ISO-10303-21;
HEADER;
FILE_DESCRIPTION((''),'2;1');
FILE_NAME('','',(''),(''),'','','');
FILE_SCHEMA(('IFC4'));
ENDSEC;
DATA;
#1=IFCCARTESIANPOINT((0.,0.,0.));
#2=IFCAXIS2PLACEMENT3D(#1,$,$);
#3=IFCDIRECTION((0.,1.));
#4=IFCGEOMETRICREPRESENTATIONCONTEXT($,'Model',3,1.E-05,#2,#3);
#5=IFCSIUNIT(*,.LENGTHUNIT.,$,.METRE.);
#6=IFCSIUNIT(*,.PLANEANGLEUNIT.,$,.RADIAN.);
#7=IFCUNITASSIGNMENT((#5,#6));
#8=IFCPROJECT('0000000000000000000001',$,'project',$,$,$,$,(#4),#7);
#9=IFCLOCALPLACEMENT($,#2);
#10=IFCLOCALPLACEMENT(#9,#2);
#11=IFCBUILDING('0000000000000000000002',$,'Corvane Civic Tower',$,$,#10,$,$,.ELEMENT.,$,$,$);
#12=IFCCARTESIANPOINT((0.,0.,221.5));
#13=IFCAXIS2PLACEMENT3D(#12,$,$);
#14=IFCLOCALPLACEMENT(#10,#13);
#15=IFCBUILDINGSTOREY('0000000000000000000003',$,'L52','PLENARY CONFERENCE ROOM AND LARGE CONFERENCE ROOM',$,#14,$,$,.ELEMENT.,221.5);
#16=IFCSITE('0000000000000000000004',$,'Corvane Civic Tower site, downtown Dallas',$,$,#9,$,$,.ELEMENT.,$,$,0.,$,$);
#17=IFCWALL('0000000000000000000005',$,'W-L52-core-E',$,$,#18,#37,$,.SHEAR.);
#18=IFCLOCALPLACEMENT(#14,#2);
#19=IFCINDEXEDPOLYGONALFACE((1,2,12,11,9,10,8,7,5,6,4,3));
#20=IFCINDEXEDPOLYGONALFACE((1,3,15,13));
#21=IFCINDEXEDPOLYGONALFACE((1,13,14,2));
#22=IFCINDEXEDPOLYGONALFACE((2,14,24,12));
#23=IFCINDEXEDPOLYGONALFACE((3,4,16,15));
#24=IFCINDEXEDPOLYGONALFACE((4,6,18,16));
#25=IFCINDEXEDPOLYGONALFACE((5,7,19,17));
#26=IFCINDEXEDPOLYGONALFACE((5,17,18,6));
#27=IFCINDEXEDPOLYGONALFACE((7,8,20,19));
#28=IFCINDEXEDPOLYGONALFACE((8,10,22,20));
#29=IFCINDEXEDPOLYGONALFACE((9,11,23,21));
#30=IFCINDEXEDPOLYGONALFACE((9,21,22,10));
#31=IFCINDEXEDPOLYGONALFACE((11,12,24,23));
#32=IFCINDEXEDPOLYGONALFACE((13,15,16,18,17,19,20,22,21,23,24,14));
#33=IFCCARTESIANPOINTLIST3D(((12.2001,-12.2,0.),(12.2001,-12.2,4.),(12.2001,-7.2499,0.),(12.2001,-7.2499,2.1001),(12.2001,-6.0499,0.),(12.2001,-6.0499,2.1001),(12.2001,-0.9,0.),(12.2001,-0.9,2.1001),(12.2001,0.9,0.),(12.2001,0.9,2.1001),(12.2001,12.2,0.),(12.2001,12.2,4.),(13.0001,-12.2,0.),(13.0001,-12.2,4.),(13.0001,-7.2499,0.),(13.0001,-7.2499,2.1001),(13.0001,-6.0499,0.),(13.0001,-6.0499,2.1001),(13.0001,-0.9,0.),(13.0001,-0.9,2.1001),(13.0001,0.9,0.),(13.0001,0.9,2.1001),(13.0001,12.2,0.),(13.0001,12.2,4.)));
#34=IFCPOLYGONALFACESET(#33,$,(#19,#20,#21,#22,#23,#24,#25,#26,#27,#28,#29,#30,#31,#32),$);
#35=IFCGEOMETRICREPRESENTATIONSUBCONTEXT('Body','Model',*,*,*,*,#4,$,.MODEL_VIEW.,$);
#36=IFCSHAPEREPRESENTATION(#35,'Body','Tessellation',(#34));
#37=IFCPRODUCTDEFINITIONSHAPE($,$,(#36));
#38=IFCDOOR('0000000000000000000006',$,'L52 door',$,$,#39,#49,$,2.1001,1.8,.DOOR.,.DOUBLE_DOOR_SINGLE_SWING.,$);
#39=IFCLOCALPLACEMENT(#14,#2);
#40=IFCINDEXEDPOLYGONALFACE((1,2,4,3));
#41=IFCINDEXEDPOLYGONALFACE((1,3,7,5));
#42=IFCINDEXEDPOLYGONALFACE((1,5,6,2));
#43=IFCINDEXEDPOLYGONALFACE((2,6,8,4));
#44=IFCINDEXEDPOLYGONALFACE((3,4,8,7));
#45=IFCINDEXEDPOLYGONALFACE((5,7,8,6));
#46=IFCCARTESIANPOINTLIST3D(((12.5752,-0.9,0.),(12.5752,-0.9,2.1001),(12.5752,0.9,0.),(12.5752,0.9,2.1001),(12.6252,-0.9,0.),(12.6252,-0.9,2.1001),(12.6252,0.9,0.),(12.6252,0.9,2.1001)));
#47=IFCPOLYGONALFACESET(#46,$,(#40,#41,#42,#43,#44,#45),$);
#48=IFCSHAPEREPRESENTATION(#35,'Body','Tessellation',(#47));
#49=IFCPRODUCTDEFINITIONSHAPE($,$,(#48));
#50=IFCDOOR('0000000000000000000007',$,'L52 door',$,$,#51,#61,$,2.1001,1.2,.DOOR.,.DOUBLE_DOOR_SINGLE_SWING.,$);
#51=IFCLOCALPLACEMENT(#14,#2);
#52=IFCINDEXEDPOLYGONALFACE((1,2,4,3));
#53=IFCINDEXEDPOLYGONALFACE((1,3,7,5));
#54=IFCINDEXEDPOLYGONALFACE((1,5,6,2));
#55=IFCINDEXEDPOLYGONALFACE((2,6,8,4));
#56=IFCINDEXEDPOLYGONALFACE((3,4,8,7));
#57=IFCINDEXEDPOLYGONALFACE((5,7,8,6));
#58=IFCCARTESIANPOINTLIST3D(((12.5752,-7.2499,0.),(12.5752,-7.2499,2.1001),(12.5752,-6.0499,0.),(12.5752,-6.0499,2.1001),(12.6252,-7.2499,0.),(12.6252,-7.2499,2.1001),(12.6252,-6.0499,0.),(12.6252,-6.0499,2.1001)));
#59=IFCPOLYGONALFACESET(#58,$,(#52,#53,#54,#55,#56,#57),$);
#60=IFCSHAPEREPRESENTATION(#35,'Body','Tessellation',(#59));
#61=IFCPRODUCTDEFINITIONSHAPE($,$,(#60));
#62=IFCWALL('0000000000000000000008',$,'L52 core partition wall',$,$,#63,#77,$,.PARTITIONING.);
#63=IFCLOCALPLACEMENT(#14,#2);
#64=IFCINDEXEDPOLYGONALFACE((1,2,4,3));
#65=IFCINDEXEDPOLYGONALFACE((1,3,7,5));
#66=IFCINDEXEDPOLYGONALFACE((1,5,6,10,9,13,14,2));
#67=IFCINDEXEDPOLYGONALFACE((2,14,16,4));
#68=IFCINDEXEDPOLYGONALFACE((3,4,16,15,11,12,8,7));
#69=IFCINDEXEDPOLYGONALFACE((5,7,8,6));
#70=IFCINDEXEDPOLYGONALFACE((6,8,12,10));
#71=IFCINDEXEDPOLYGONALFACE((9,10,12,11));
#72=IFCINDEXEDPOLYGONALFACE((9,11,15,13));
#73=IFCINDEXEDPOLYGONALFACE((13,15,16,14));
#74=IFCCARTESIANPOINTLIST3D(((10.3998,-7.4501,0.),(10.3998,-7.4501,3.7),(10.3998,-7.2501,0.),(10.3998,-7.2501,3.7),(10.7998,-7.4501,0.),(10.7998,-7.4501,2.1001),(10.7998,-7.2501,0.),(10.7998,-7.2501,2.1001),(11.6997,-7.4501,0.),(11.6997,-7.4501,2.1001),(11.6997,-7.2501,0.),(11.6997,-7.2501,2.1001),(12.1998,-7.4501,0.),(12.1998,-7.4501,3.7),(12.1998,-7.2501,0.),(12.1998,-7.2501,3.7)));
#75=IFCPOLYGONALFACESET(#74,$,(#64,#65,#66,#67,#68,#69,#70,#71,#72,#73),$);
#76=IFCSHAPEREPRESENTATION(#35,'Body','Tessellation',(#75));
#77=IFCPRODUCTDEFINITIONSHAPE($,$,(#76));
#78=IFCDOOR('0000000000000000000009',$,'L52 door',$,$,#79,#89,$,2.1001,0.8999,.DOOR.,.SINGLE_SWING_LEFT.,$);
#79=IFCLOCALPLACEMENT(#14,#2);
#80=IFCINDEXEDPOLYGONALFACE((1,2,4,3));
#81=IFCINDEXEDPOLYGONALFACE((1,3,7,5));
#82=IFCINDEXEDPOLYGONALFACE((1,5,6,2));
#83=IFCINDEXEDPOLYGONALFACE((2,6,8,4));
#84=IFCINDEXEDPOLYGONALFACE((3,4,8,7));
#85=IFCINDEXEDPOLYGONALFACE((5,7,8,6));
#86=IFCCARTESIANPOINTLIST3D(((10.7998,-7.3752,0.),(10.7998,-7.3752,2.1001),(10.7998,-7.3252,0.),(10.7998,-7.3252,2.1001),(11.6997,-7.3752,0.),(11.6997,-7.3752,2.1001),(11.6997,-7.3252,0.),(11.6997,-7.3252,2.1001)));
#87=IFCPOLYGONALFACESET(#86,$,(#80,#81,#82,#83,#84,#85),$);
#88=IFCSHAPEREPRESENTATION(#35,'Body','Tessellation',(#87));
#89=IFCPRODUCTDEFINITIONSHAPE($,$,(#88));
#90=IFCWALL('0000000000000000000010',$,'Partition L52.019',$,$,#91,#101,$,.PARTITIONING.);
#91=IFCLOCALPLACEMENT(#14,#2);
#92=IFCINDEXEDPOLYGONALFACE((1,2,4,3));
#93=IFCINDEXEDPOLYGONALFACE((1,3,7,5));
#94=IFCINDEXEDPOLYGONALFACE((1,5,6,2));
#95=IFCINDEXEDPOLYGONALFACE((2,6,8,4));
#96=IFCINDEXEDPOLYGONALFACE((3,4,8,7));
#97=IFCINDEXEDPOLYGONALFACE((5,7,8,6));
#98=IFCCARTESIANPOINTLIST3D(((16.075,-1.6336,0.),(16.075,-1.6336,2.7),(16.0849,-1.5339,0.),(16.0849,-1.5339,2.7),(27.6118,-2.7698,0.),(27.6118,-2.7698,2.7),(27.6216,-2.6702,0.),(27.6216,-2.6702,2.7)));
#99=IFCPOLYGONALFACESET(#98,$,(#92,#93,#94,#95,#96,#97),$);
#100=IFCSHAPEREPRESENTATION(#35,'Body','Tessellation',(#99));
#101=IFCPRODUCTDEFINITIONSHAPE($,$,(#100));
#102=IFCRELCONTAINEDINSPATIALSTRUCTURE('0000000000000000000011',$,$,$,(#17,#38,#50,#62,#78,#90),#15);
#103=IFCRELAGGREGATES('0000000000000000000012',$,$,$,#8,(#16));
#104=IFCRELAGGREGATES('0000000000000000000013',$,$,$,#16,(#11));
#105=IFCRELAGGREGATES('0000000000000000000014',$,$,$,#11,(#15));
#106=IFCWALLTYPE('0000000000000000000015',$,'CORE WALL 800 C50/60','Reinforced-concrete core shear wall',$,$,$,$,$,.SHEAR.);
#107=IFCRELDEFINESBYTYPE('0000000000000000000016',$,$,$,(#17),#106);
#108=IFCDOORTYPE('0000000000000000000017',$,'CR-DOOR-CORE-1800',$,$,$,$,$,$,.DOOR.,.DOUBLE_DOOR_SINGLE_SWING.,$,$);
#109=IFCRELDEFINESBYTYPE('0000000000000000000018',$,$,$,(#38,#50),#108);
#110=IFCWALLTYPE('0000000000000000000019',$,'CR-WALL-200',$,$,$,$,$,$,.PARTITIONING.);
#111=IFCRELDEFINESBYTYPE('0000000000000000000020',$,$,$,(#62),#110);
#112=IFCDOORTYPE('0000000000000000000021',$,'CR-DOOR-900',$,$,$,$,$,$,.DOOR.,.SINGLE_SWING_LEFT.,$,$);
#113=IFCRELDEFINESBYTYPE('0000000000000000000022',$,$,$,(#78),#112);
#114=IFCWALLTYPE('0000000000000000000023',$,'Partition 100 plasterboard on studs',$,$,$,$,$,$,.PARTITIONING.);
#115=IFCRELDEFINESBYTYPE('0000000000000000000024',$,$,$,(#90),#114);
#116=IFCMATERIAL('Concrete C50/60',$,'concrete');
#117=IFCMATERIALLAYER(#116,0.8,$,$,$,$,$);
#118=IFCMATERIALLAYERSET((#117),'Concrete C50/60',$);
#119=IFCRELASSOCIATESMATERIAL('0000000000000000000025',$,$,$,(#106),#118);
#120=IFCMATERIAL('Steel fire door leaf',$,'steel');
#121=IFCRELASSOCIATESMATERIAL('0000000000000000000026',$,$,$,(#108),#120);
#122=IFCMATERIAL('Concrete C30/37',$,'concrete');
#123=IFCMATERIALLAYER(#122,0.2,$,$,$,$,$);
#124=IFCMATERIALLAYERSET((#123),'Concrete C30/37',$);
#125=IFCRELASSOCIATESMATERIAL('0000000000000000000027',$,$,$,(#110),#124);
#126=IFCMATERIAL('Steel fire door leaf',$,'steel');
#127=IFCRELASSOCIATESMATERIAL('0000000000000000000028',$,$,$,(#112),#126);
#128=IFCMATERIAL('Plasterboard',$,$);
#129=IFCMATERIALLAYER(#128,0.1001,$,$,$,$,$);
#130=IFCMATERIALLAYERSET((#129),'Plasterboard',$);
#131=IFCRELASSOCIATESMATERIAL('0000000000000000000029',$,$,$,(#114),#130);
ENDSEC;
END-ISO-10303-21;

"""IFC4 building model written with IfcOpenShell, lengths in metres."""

from ifc_helpers import new_model, si_unit, direction, frame, frame_2d, origin, place, context, subcontext, project, spatial, rectangle, extrude, material, layer, layer_set, type_object, element, fill, save


model = new_model("IFC4")

# Units and contexts
model_context = context("Model", 3, precision=1e-05, world=origin(), true_north=direction((0.0, 1.0)))
body_context = subcontext(model_context, "Body", "Model", "MODEL_VIEW")
ifc_project = project(units=[si_unit("LENGTHUNIT", "METRE"), si_unit("PLANEANGLEUNIT", "RADIAN")], contexts=[model_context])

# Site, building, storey
site_placement = place(None, origin())
site = spatial("IfcSite", under=ifc_project, at=site_placement, Name="Corvane Civic Tower site, downtown Dallas", CompositionType="ELEMENT", RefElevation=0.0)
building_placement = place(site_placement, origin())
building = spatial("IfcBuilding", under=site, at=building_placement, Name="Corvane Civic Tower", CompositionType="ELEMENT")
storey_placement = place(building_placement, frame((0.0, 0.0, 221.5)))
storey = spatial("IfcBuildingStorey", under=building, at=storey_placement, Name="L52", Description="PLENARY CONFERENCE ROOM AND LARGE CONFERENCE ROOM", CompositionType="ELEMENT", Elevation=221.5)

# Wall, openings, doors
ifc_material_1 = material(Name="Concrete C50/60", Category="concrete")
ifc_layer_1 = layer(ifc_material_1, 0.8)
ifc_layer_set_1 = layer_set([ifc_layer_1], Name="Concrete C50/60")
wall_type_1 = type_object("IfcWallType", Name="CORE WALL 800 C50/60", Description="Reinforced-concrete core shear wall", PredefinedType="SHEAR", material=ifc_layer_set_1)
wall_1_placement = place(storey_placement, frame((12.6001, -12.2, 0.0), z_axis=(0.0, 0.0, 1.0), x_axis=(0.0, 1.0, 0.0)))
wall_1 = element("IfcWall", 1, at=wall_1_placement, inside=storey, type_object=wall_type_1, Name="W-L52-core-E", PredefinedType="SHEAR", context=body_context, shape_type="SweptSolid", body=[
    extrude(rectangle(XDim=24.3999, YDim=0.8, at=frame_2d((12.2, 0.0))), origin(), (0.0, 0.0, 1.0), 4.0),
])
opening_1_placement = place(wall_1_placement, frame((11.3, 0.0, 0.0)))
opening_1 = element("IfcOpeningElement", 2, at=opening_1_placement, cuts=wall_1, PredefinedType="OPENING", context=body_context, shape_type="SweptSolid", body=[
    extrude(rectangle(XDim=1.8, YDim=2.1001, at=frame_2d((0.8999, 1.05))), frame((0.0, 0.4099, 0.0), z_axis=(0.0, -1.0, 0.0), x_axis=(1.0, 0.0, 0.0)), (0.0, 0.0, 1.0), 0.8201),
])
opening_2_placement = place(wall_1_placement, frame((4.95, 0.0, 0.0)))
opening_2 = element("IfcOpeningElement", 3, at=opening_2_placement, cuts=wall_1, PredefinedType="OPENING", context=body_context, shape_type="SweptSolid", body=[
    extrude(rectangle(XDim=1.2, YDim=2.1001, at=frame_2d((0.6001, 1.05))), frame((0.0, 0.4099, 0.0), z_axis=(0.0, -1.0, 0.0), x_axis=(1.0, 0.0, 0.0)), (0.0, 0.0, 1.0), 0.8201),
])
ifc_material_2 = material(Name="Steel fire door leaf", Category="steel")
door_type_1 = type_object("IfcDoorType", Name="CR-DOOR-CORE-1800", OperationType="DOUBLE_DOOR_SINGLE_SWING", PredefinedType="DOOR", material=ifc_material_2)
door_1_placement = place(opening_1_placement, origin())
door_1 = element("IfcDoor", 4, at=door_1_placement, inside=storey, type_object=door_type_1, Name="L52 door", OperationType="DOUBLE_DOOR_SINGLE_SWING", OverallHeight=2.1001, OverallWidth=1.8, PredefinedType="DOOR", context=body_context, shape_type="SweptSolid", body=[
    extrude(rectangle(XDim=1.8, YDim=2.1001, at=frame_2d((0.8999, 1.05))), frame((0.0, 0.0249, 0.0), z_axis=(0.0, -1.0, 0.0), x_axis=(1.0, 0.0, 0.0)), (0.0, 0.0, 1.0), 0.05),
])
fill(opening_1, door_1)
door_2_placement = place(opening_2_placement, origin())
door_2 = element("IfcDoor", 5, at=door_2_placement, inside=storey, type_object=door_type_1, Name="L52 door", OperationType="DOUBLE_DOOR_SINGLE_SWING", OverallHeight=2.1001, OverallWidth=1.2, PredefinedType="DOOR", context=body_context, shape_type="SweptSolid", body=[
    extrude(rectangle(XDim=1.2, YDim=2.1001, at=frame_2d((0.6001, 1.05))), frame((0.0, 0.0249, 0.0), z_axis=(0.0, -1.0, 0.0), x_axis=(1.0, 0.0, 0.0)), (0.0, 0.0, 1.0), 0.05),
])
fill(opening_2, door_2)

# Wall, opening, door
ifc_material_3 = material(Name="Concrete C30/37", Category="concrete")
ifc_layer_2 = layer(ifc_material_3, 0.2)
ifc_layer_set_2 = layer_set([ifc_layer_2], Name="Concrete C30/37")
wall_type_2 = type_object("IfcWallType", Name="CR-WALL-200", PredefinedType="PARTITIONING", material=ifc_layer_set_2)
wall_2_placement = place(storey_placement, frame((10.3999, -7.3501, 0.0), z_axis=(0.0, 0.0, 1.0), x_axis=(1.0, 0.0, 0.0)))
wall_2 = element("IfcWall", 6, at=wall_2_placement, inside=storey, type_object=wall_type_2, Name="L52 core partition wall", PredefinedType="PARTITIONING", context=body_context, shape_type="SweptSolid", body=[
    extrude(rectangle(XDim=1.8, YDim=0.2, at=frame_2d((0.8999, 0.0))), origin(), (0.0, 0.0, 1.0), 3.7),
])
opening_3_placement = place(wall_2_placement, frame((0.3999, 0.0, 0.0)))
opening_3 = element("IfcOpeningElement", 7, at=opening_3_placement, cuts=wall_2, PredefinedType="OPENING", context=body_context, shape_type="SweptSolid", body=[
    extrude(rectangle(XDim=0.8999, YDim=2.1001, at=frame_2d((0.45, 1.05))), frame((0.0, 0.1099, 0.0), z_axis=(0.0, -1.0, 0.0), x_axis=(1.0, 0.0, 0.0)), (0.0, 0.0, 1.0), 0.22),
])
ifc_material_4 = material(Name="Steel fire door leaf", Category="steel")
door_type_2 = type_object("IfcDoorType", Name="CR-DOOR-900", OperationType="SINGLE_SWING_LEFT", PredefinedType="DOOR", material=ifc_material_4)
door_3_placement = place(opening_3_placement, origin())
door_3 = element("IfcDoor", 8, at=door_3_placement, inside=storey, type_object=door_type_2, Name="L52 door", OperationType="SINGLE_SWING_LEFT", OverallHeight=2.1001, OverallWidth=0.8999, PredefinedType="DOOR", context=body_context, shape_type="SweptSolid", body=[
    extrude(rectangle(XDim=0.8999, YDim=2.1001, at=frame_2d((0.45, 1.05))), frame((0.0, 0.0249, 0.0), z_axis=(0.0, -1.0, 0.0), x_axis=(1.0, 0.0, 0.0)), (0.0, 0.0, 1.0), 0.05),
])
fill(opening_3, door_3)

# Wall
ifc_material_5 = material(Name="Plasterboard")
ifc_layer_3 = layer(ifc_material_5, 0.1001)
ifc_layer_set_3 = layer_set([ifc_layer_3], Name="Plasterboard")
wall_type_3 = type_object("IfcWallType", Name="Partition 100 plasterboard on studs", PredefinedType="PARTITIONING", material=ifc_layer_set_3)
wall_3_placement = place(storey_placement, frame((16.0798, -1.5837, 0.0), z_axis=(0.0, 0.0, 1.0), x_axis=(0.995185, -0.098015, 0.0)))
element("IfcWall", 9, at=wall_3_placement, inside=storey, type_object=wall_type_3, Name="Partition L52.019", PredefinedType="PARTITIONING", context=body_context, shape_type="SweptSolid", body=[
    extrude(rectangle(XDim=11.5925, YDim=0.1001, at=frame_2d((5.7964, 0.0))), origin(), (0.0, 0.0, 1.0), 2.7),
])

save(model, "model.ifc")
